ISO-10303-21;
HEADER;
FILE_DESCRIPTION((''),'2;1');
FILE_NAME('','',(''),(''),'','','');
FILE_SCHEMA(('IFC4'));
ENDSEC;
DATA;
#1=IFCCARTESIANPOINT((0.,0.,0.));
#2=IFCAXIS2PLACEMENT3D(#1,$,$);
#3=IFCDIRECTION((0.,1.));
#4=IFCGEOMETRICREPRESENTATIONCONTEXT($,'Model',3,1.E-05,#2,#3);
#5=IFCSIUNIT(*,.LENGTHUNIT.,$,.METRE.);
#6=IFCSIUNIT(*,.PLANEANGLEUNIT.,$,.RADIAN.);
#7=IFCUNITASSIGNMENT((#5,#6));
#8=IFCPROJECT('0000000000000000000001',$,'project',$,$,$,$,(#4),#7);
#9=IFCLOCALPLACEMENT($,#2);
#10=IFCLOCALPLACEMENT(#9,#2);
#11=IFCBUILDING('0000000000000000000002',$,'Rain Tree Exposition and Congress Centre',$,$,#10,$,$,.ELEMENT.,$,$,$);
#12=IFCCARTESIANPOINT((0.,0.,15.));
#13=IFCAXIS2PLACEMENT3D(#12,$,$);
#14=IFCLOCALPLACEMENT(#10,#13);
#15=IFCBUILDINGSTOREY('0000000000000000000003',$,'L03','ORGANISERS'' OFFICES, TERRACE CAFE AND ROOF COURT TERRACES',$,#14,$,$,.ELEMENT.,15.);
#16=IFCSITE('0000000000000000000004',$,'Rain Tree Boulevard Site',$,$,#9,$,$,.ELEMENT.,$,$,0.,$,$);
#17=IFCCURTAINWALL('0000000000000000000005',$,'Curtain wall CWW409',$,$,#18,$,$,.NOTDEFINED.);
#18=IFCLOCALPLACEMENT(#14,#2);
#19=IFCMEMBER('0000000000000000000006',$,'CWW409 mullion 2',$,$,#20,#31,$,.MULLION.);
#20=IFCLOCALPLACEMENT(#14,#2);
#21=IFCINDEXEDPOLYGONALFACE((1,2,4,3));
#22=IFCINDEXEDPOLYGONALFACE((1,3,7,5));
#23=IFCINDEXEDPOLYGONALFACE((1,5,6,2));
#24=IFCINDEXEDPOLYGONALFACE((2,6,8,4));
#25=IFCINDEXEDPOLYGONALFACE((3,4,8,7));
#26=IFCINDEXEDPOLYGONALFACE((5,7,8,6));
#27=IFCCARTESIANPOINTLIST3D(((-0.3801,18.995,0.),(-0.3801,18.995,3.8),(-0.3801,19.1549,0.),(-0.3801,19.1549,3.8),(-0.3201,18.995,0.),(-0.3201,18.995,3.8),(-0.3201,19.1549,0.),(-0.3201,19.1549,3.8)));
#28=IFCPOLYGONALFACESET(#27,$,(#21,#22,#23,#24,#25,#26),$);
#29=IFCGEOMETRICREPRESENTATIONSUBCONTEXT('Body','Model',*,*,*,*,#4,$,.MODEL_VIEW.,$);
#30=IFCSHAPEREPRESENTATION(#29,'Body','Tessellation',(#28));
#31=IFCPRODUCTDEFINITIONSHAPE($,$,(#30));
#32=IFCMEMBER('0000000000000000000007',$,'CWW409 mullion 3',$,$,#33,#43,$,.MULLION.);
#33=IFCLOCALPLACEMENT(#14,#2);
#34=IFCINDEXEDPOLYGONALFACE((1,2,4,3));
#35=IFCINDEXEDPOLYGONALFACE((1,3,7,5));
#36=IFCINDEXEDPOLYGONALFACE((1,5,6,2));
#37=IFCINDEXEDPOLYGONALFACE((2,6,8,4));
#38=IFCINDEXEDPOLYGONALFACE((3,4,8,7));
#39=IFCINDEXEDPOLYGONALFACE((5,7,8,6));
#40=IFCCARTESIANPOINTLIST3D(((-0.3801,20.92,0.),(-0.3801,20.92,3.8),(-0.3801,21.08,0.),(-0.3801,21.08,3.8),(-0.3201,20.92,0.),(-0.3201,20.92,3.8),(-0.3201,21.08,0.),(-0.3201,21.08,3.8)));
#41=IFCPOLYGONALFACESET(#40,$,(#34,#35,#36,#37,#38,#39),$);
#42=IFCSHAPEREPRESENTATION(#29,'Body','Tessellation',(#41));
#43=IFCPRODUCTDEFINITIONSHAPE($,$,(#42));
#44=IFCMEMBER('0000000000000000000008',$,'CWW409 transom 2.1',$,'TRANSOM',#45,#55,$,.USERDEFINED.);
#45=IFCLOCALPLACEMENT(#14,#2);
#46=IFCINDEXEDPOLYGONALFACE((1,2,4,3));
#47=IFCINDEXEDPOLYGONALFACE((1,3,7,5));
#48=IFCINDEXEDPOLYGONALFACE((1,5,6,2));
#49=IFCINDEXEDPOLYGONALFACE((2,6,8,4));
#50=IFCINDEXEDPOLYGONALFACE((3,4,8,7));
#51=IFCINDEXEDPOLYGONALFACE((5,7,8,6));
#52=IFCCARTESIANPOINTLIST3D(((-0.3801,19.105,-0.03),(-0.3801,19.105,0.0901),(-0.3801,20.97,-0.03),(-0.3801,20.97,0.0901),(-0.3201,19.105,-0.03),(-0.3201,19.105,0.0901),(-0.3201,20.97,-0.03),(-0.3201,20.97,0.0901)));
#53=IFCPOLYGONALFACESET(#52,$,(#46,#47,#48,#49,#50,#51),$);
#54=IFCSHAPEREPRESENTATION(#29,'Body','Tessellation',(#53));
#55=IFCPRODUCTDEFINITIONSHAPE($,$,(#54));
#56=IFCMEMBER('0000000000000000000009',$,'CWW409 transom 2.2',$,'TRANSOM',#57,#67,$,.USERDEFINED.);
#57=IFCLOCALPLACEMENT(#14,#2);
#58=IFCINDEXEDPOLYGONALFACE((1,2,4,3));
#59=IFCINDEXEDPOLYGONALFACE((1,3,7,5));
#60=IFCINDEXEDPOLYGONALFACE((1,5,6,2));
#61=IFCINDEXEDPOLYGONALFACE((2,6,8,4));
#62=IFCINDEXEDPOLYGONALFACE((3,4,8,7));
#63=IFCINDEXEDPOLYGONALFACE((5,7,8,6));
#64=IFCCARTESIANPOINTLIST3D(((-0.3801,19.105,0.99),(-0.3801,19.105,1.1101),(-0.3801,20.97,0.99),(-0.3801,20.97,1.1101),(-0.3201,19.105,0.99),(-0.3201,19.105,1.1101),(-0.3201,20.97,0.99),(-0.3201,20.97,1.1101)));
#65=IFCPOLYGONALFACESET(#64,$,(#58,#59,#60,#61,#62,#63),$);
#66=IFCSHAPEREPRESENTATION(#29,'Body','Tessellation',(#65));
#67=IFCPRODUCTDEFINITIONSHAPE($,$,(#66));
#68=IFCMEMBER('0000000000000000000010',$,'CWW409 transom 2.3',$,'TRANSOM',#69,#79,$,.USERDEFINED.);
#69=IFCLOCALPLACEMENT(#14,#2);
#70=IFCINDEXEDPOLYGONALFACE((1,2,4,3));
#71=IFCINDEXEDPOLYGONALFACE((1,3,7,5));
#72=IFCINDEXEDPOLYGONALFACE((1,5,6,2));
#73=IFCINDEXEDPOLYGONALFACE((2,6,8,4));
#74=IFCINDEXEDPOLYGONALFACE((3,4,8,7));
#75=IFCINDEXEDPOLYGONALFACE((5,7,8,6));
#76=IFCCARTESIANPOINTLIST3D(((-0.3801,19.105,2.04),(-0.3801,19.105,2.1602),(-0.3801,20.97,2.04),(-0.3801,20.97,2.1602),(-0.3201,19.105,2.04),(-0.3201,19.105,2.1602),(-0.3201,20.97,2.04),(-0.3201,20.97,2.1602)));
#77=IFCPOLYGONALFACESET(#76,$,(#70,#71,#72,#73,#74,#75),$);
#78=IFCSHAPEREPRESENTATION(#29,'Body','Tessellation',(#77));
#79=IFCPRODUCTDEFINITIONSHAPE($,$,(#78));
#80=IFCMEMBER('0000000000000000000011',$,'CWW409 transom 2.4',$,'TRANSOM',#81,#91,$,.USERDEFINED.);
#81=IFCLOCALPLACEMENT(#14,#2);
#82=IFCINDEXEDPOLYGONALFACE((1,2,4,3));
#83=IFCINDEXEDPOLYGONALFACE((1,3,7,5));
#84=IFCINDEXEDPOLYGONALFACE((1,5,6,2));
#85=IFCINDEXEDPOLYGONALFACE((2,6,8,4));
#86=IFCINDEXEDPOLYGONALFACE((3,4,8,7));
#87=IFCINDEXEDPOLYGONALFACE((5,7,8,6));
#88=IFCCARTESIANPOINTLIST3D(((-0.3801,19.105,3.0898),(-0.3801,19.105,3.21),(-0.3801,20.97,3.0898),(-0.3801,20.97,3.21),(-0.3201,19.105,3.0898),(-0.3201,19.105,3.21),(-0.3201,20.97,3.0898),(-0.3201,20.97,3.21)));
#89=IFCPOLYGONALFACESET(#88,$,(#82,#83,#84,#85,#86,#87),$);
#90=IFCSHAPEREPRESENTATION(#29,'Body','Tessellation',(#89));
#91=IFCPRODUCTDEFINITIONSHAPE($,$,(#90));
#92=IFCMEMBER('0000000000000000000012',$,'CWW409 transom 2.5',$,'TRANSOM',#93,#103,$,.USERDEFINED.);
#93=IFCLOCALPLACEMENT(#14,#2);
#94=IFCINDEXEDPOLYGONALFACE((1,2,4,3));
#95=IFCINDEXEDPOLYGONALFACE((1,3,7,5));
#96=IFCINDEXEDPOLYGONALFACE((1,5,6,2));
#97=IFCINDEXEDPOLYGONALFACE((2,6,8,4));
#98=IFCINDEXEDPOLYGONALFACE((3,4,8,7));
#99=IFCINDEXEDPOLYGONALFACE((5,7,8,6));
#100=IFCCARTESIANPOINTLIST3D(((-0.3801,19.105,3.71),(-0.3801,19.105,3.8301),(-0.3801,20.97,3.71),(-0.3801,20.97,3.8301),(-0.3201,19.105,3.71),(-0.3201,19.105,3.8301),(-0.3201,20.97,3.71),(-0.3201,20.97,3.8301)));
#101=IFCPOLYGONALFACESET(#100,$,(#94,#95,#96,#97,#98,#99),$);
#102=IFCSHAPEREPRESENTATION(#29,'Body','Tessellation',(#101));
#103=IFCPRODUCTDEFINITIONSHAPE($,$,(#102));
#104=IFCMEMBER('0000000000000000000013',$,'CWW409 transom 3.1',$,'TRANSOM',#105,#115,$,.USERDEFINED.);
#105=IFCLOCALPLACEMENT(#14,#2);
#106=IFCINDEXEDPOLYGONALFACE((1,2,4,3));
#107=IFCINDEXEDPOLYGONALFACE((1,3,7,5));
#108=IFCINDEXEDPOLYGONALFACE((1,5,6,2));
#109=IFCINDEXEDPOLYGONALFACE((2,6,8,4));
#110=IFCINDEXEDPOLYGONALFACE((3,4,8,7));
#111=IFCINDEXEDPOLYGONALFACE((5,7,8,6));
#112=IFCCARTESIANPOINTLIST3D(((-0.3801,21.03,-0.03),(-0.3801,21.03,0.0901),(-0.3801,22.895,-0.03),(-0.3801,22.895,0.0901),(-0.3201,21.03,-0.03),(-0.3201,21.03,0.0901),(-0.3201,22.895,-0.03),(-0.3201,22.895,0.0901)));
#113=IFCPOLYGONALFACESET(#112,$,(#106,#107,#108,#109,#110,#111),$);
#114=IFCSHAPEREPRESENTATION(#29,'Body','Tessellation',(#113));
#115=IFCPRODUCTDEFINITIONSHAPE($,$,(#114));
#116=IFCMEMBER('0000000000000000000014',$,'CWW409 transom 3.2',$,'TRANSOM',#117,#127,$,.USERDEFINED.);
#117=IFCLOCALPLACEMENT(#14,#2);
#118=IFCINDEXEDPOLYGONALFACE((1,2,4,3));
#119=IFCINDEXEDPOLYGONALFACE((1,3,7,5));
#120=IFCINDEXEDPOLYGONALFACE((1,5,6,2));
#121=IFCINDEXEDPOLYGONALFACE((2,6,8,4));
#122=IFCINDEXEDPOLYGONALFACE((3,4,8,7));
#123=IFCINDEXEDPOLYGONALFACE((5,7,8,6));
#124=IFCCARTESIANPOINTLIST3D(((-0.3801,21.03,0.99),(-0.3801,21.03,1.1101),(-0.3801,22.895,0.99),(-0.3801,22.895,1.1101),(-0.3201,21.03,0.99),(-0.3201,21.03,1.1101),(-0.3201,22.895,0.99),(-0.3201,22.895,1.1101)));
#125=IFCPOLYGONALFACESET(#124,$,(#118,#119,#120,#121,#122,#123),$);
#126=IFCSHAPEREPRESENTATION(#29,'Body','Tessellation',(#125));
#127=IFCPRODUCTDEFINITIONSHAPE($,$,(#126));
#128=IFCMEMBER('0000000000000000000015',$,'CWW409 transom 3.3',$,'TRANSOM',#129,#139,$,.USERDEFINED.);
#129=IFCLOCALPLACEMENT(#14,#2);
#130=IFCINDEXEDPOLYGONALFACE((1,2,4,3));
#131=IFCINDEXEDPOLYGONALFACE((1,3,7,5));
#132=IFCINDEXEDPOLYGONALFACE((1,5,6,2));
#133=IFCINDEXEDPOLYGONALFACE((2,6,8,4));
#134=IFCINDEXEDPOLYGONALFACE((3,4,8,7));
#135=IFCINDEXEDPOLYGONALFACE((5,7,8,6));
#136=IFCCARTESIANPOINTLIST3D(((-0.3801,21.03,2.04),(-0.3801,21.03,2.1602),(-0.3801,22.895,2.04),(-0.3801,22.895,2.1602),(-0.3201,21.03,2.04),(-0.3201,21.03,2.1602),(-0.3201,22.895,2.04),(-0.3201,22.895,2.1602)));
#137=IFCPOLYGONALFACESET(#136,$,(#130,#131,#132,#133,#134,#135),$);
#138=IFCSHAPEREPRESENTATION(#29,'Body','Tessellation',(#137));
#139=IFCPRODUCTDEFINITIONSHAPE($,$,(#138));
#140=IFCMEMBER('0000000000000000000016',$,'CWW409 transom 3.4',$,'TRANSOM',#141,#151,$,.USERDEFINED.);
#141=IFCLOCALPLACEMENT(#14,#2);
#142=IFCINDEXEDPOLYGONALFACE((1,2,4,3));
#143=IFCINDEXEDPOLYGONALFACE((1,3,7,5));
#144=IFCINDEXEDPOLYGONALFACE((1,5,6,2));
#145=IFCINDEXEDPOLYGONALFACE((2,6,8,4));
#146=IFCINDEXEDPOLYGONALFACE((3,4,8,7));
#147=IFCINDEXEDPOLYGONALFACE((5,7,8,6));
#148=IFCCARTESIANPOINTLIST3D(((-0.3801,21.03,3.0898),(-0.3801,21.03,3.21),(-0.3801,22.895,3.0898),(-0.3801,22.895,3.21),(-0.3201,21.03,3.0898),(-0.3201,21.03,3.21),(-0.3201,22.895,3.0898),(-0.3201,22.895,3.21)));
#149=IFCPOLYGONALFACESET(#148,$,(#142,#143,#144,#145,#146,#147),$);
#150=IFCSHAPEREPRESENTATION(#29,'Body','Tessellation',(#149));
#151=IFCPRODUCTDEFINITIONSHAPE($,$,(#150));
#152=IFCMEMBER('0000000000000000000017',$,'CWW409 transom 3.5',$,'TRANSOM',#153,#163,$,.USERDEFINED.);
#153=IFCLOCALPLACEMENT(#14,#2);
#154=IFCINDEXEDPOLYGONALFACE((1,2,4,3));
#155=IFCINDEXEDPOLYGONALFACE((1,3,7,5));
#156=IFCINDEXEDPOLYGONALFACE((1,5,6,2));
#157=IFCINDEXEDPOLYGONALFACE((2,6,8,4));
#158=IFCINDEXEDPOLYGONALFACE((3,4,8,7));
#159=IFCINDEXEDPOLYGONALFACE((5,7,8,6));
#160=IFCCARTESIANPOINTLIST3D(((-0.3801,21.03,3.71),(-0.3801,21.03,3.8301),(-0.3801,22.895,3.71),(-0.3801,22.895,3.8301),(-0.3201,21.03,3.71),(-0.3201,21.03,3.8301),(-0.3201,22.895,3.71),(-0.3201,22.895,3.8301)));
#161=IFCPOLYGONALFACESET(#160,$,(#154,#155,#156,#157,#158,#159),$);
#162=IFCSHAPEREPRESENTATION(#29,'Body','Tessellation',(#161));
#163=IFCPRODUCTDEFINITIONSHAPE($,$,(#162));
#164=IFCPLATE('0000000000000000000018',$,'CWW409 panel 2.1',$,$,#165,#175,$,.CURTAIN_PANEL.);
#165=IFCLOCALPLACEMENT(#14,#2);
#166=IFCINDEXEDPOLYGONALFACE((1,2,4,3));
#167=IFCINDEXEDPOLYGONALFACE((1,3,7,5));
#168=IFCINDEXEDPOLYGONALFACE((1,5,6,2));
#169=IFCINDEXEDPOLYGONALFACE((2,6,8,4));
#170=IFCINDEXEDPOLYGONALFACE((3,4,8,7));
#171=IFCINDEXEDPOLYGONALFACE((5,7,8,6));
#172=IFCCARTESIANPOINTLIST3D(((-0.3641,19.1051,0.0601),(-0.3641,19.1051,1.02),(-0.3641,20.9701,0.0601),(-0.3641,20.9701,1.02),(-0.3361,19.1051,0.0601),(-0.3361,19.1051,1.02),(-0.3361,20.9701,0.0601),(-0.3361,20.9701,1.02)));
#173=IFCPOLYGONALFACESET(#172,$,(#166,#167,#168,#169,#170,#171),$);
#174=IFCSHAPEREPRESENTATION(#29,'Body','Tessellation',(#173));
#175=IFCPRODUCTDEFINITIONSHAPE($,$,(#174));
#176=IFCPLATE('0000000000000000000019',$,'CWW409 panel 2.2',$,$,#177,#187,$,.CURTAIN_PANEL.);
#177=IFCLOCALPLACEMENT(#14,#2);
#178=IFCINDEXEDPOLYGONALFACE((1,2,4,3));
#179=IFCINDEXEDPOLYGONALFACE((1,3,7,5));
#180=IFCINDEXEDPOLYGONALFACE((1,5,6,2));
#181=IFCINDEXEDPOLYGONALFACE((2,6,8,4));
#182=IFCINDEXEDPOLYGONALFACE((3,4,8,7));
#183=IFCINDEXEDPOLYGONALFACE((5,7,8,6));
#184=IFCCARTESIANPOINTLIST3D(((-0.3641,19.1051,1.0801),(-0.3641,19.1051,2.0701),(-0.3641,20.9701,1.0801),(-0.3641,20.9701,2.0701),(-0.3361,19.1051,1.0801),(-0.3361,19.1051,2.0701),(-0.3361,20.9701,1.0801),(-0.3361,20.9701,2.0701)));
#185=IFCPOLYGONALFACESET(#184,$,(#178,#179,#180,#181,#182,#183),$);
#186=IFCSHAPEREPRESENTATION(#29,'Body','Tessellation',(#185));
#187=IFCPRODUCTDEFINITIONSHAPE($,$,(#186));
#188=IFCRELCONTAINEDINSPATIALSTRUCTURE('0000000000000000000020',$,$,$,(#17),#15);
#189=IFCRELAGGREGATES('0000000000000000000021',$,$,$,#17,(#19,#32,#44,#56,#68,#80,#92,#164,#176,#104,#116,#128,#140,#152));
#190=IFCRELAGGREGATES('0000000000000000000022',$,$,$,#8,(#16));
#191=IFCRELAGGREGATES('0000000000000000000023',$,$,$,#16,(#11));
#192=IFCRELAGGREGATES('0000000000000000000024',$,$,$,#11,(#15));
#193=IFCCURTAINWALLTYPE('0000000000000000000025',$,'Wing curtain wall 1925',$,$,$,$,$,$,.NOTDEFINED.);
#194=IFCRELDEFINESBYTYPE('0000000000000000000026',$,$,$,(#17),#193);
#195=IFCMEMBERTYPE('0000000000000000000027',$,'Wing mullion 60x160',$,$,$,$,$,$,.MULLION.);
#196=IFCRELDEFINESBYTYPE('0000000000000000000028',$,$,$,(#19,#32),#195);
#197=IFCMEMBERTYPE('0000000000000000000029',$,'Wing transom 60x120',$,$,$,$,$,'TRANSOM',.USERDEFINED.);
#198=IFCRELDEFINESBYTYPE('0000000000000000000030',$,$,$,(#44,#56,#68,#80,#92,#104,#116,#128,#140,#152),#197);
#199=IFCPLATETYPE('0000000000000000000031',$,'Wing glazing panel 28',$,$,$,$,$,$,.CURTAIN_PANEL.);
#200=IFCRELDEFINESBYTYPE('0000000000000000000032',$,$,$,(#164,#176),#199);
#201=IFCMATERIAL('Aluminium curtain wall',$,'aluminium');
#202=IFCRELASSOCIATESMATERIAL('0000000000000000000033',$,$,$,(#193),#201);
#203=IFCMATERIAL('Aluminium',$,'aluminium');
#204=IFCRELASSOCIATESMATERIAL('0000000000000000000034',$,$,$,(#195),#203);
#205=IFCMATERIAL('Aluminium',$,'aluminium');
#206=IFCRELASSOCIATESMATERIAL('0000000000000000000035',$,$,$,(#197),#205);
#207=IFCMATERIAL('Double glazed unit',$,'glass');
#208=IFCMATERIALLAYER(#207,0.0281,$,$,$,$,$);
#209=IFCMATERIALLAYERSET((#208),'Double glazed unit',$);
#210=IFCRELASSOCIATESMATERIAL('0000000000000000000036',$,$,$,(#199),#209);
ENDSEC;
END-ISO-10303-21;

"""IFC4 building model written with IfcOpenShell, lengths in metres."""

from ifc_helpers import new_model, si_unit, direction, frame, origin, origin_2d, place, context, subcontext, project, spatial, rectangle, extrude, material, layer, layer_set, material_profile, profile_set, type_object, element, aggregate, save


model = new_model("IFC4")

# Units and contexts
model_context = context("Model", 3, precision=1e-05, world=origin(), true_north=direction((0.0, 1.0)))
body_context = subcontext(model_context, "Body", "Model", "MODEL_VIEW")
ifc_project = project(units=[si_unit("LENGTHUNIT", "METRE"), si_unit("PLANEANGLEUNIT", "RADIAN")], contexts=[model_context])

# Site, building, storey
site_placement = place(None, origin())
site = spatial("IfcSite", under=ifc_project, at=site_placement, Name="Rain Tree Boulevard Site", CompositionType="ELEMENT", RefElevation=0.0)
building_placement = place(site_placement, origin())
building = spatial("IfcBuilding", under=site, at=building_placement, Name="Rain Tree Exposition and Congress Centre", CompositionType="ELEMENT")
storey_placement = place(building_placement, frame((0.0, 0.0, 15.0)))
storey = spatial("IfcBuildingStorey", under=building, at=storey_placement, Name="L03", Description="ORGANISERS' OFFICES, TERRACE CAFE AND ROOF COURT TERRACES", CompositionType="ELEMENT", Elevation=15.0)

# Curtain wall, members, plates
ifc_material_1 = material(Name="Aluminium curtain wall", Category="aluminium")
curtain_wall_type = type_object("IfcCurtainWallType", Name="Wing curtain wall 1925", PredefinedType="NOTDEFINED", material=ifc_material_1)
curtain_wall_placement = place(storey_placement, origin())
curtain_wall = element("IfcCurtainWall", 1, at=curtain_wall_placement, inside=storey, type_object=curtain_wall_type, Name="Curtain wall CWW409", PredefinedType="NOTDEFINED")
ifc_material_2 = material(Name="Aluminium", Category="aluminium")
ifc_material_profile_1 = material_profile(ifc_material_2, rectangle(XDim=0.0601, YDim=0.1599, at=origin_2d()), Name="Aluminium 60x160")
ifc_profile_set_1 = profile_set([ifc_material_profile_1], Name="Aluminium")
member_type_1 = type_object("IfcMemberType", Name="Wing mullion 60x160", PredefinedType="MULLION", material=ifc_profile_set_1)
member_1_placement = place(storey_placement, frame((-0.3501, 19.075, 0.0), z_axis=(0.0, 0.0, 1.0), x_axis=(-1.0, 0.0, 0.0)))
member_1 = element("IfcMember", 2, at=member_1_placement, type_object=member_type_1, Name="CWW409 mullion 2", PredefinedType="MULLION", context=body_context, shape_type="SweptSolid", body=[
    extrude(rectangle(XDim=0.0601, YDim=0.1599, at=origin_2d()), origin(), (0.0, 0.0, 1.0), 3.8),
])
member_2_placement = place(storey_placement, frame((-0.3501, 21.0, 0.0), z_axis=(0.0, 0.0, 1.0), x_axis=(-1.0, 0.0, 0.0)))
member_2 = element("IfcMember", 3, at=member_2_placement, type_object=member_type_1, Name="CWW409 mullion 3", PredefinedType="MULLION", context=body_context, shape_type="SweptSolid", body=[
    extrude(rectangle(XDim=0.0601, YDim=0.1599, at=origin_2d()), origin(), (0.0, 0.0, 1.0), 3.8),
])
ifc_material_3 = material(Name="Aluminium", Category="aluminium")
ifc_material_profile_2 = material_profile(ifc_material_3, rectangle(XDim=0.0601, YDim=0.1201, at=origin_2d()), Name="Aluminium 60x120")
ifc_profile_set_2 = profile_set([ifc_material_profile_2], Name="Aluminium")
member_type_2 = type_object("IfcMemberType", Name="Wing transom 60x120", ElementType="TRANSOM", PredefinedType="USERDEFINED", material=ifc_profile_set_2)
member_3_placement = place(storey_placement, frame((-0.3501, 19.105, 0.03), z_axis=(0.0, 1.0, 0.0), x_axis=(-1.0, 0.0, 0.0)))
member_3 = element("IfcMember", 4, at=member_3_placement, type_object=member_type_2, Name="CWW409 transom 2.1", ObjectType="TRANSOM", PredefinedType="USERDEFINED", context=body_context, shape_type="SweptSolid", body=[
    extrude(rectangle(XDim=0.0601, YDim=0.1201, at=origin_2d()), origin(), (0.0, 0.0, 1.0), 1.865),
])
member_4_placement = place(storey_placement, frame((-0.3501, 19.105, 1.05), z_axis=(0.0, 1.0, 0.0), x_axis=(-1.0, 0.0, 0.0)))
member_4 = element("IfcMember", 5, at=member_4_placement, type_object=member_type_2, Name="CWW409 transom 2.2", ObjectType="TRANSOM", PredefinedType="USERDEFINED", context=body_context, shape_type="SweptSolid", body=[
    extrude(rectangle(XDim=0.0601, YDim=0.1201, at=origin_2d()), origin(), (0.0, 0.0, 1.0), 1.865),
])
member_5_placement = place(storey_placement, frame((-0.3501, 19.105, 2.1001), z_axis=(0.0, 1.0, 0.0), x_axis=(-1.0, 0.0, 0.0)))
member_5 = element("IfcMember", 6, at=member_5_placement, type_object=member_type_2, Name="CWW409 transom 2.3", ObjectType="TRANSOM", PredefinedType="USERDEFINED", context=body_context, shape_type="SweptSolid", body=[
    extrude(rectangle(XDim=0.0601, YDim=0.1201, at=origin_2d()), origin(), (0.0, 0.0, 1.0), 1.865),
])
member_6_placement = place(storey_placement, frame((-0.3501, 19.105, 3.1499), z_axis=(0.0, 1.0, 0.0), x_axis=(-1.0, 0.0, 0.0)))
member_6 = element("IfcMember", 7, at=member_6_placement, type_object=member_type_2, Name="CWW409 transom 2.4", ObjectType="TRANSOM", PredefinedType="USERDEFINED", context=body_context, shape_type="SweptSolid", body=[
    extrude(rectangle(XDim=0.0601, YDim=0.1201, at=origin_2d()), origin(), (0.0, 0.0, 1.0), 1.865),
])
member_7_placement = place(storey_placement, frame((-0.3501, 19.105, 3.77), z_axis=(0.0, 1.0, 0.0), x_axis=(-1.0, 0.0, 0.0)))
member_7 = element("IfcMember", 8, at=member_7_placement, type_object=member_type_2, Name="CWW409 transom 2.5", ObjectType="TRANSOM", PredefinedType="USERDEFINED", context=body_context, shape_type="SweptSolid", body=[
    extrude(rectangle(XDim=0.0601, YDim=0.1201, at=origin_2d()), origin(), (0.0, 0.0, 1.0), 1.865),
])
member_8_placement = place(storey_placement, frame((-0.3501, 21.03, 0.03), z_axis=(0.0, 1.0, 0.0), x_axis=(-1.0, 0.0, 0.0)))
member_8 = element("IfcMember", 9, at=member_8_placement, type_object=member_type_2, Name="CWW409 transom 3.1", ObjectType="TRANSOM", PredefinedType="USERDEFINED", context=body_context, shape_type="SweptSolid", body=[
    extrude(rectangle(XDim=0.0601, YDim=0.1201, at=origin_2d()), origin(), (0.0, 0.0, 1.0), 1.865),
])
member_9_placement = place(storey_placement, frame((-0.3501, 21.03, 1.05), z_axis=(0.0, 1.0, 0.0), x_axis=(-1.0, 0.0, 0.0)))
member_9 = element("IfcMember", 10, at=member_9_placement, type_object=member_type_2, Name="CWW409 transom 3.2", ObjectType="TRANSOM", PredefinedType="USERDEFINED", context=body_context, shape_type="SweptSolid", body=[
    extrude(rectangle(XDim=0.0601, YDim=0.1201, at=origin_2d()), origin(), (0.0, 0.0, 1.0), 1.865),
])
member_10_placement = place(storey_placement, frame((-0.3501, 21.03, 2.1001), z_axis=(0.0, 1.0, 0.0), x_axis=(-1.0, 0.0, 0.0)))
member_10 = element("IfcMember", 11, at=member_10_placement, type_object=member_type_2, Name="CWW409 transom 3.3", ObjectType="TRANSOM", PredefinedType="USERDEFINED", context=body_context, shape_type="SweptSolid", body=[
    extrude(rectangle(XDim=0.0601, YDim=0.1201, at=origin_2d()), origin(), (0.0, 0.0, 1.0), 1.865),
])
member_11_placement = place(storey_placement, frame((-0.3501, 21.03, 3.1499), z_axis=(0.0, 1.0, 0.0), x_axis=(-1.0, 0.0, 0.0)))
member_11 = element("IfcMember", 12, at=member_11_placement, type_object=member_type_2, Name="CWW409 transom 3.4", ObjectType="TRANSOM", PredefinedType="USERDEFINED", context=body_context, shape_type="SweptSolid", body=[
    extrude(rectangle(XDim=0.0601, YDim=0.1201, at=origin_2d()), origin(), (0.0, 0.0, 1.0), 1.865),
])
member_12_placement = place(storey_placement, frame((-0.3501, 21.03, 3.77), z_axis=(0.0, 1.0, 0.0), x_axis=(-1.0, 0.0, 0.0)))
member_12 = element("IfcMember", 13, at=member_12_placement, type_object=member_type_2, Name="CWW409 transom 3.5", ObjectType="TRANSOM", PredefinedType="USERDEFINED", context=body_context, shape_type="SweptSolid", body=[
    extrude(rectangle(XDim=0.0601, YDim=0.1201, at=origin_2d()), origin(), (0.0, 0.0, 1.0), 1.865),
])
ifc_material_4 = material(Name="Double glazed unit", Category="glass")
ifc_layer_1 = layer(ifc_material_4, 0.0281)
ifc_layer_set_1 = layer_set([ifc_layer_1], Name="Double glazed unit")
plate_type = type_object("IfcPlateType", Name="Wing glazing panel 28", PredefinedType="CURTAIN_PANEL", material=ifc_layer_set_1)
plate_1_placement = place(storey_placement, frame((-0.3501, 20.0376, 0.0601), z_axis=(0.0, 0.0, 1.0), x_axis=(0.0, 1.0, 0.0)))
plate_1 = element("IfcPlate", 14, at=plate_1_placement, type_object=plate_type, Name="CWW409 panel 2.1", PredefinedType="CURTAIN_PANEL", context=body_context, shape_type="SweptSolid", body=[
    extrude(rectangle(XDim=1.865, YDim=0.0281, at=origin_2d()), origin(), (0.0, 0.0, 1.0), 0.96),
])
plate_2_placement = place(storey_placement, frame((-0.3501, 20.0376, 1.0801), z_axis=(0.0, 0.0, 1.0), x_axis=(0.0, 1.0, 0.0)))
plate_2 = element("IfcPlate", 15, at=plate_2_placement, type_object=plate_type, Name="CWW409 panel 2.2", PredefinedType="CURTAIN_PANEL", context=body_context, shape_type="SweptSolid", body=[
    extrude(rectangle(XDim=1.865, YDim=0.0281, at=origin_2d()), origin(), (0.0, 0.0, 1.0), 0.99),
])
aggregate(curtain_wall, [member_1, member_2, member_3, member_4, member_5, member_6, member_7, plate_1, plate_2, member_8, member_9, member_10, member_11, member_12])

save(model, "model.ifc")
